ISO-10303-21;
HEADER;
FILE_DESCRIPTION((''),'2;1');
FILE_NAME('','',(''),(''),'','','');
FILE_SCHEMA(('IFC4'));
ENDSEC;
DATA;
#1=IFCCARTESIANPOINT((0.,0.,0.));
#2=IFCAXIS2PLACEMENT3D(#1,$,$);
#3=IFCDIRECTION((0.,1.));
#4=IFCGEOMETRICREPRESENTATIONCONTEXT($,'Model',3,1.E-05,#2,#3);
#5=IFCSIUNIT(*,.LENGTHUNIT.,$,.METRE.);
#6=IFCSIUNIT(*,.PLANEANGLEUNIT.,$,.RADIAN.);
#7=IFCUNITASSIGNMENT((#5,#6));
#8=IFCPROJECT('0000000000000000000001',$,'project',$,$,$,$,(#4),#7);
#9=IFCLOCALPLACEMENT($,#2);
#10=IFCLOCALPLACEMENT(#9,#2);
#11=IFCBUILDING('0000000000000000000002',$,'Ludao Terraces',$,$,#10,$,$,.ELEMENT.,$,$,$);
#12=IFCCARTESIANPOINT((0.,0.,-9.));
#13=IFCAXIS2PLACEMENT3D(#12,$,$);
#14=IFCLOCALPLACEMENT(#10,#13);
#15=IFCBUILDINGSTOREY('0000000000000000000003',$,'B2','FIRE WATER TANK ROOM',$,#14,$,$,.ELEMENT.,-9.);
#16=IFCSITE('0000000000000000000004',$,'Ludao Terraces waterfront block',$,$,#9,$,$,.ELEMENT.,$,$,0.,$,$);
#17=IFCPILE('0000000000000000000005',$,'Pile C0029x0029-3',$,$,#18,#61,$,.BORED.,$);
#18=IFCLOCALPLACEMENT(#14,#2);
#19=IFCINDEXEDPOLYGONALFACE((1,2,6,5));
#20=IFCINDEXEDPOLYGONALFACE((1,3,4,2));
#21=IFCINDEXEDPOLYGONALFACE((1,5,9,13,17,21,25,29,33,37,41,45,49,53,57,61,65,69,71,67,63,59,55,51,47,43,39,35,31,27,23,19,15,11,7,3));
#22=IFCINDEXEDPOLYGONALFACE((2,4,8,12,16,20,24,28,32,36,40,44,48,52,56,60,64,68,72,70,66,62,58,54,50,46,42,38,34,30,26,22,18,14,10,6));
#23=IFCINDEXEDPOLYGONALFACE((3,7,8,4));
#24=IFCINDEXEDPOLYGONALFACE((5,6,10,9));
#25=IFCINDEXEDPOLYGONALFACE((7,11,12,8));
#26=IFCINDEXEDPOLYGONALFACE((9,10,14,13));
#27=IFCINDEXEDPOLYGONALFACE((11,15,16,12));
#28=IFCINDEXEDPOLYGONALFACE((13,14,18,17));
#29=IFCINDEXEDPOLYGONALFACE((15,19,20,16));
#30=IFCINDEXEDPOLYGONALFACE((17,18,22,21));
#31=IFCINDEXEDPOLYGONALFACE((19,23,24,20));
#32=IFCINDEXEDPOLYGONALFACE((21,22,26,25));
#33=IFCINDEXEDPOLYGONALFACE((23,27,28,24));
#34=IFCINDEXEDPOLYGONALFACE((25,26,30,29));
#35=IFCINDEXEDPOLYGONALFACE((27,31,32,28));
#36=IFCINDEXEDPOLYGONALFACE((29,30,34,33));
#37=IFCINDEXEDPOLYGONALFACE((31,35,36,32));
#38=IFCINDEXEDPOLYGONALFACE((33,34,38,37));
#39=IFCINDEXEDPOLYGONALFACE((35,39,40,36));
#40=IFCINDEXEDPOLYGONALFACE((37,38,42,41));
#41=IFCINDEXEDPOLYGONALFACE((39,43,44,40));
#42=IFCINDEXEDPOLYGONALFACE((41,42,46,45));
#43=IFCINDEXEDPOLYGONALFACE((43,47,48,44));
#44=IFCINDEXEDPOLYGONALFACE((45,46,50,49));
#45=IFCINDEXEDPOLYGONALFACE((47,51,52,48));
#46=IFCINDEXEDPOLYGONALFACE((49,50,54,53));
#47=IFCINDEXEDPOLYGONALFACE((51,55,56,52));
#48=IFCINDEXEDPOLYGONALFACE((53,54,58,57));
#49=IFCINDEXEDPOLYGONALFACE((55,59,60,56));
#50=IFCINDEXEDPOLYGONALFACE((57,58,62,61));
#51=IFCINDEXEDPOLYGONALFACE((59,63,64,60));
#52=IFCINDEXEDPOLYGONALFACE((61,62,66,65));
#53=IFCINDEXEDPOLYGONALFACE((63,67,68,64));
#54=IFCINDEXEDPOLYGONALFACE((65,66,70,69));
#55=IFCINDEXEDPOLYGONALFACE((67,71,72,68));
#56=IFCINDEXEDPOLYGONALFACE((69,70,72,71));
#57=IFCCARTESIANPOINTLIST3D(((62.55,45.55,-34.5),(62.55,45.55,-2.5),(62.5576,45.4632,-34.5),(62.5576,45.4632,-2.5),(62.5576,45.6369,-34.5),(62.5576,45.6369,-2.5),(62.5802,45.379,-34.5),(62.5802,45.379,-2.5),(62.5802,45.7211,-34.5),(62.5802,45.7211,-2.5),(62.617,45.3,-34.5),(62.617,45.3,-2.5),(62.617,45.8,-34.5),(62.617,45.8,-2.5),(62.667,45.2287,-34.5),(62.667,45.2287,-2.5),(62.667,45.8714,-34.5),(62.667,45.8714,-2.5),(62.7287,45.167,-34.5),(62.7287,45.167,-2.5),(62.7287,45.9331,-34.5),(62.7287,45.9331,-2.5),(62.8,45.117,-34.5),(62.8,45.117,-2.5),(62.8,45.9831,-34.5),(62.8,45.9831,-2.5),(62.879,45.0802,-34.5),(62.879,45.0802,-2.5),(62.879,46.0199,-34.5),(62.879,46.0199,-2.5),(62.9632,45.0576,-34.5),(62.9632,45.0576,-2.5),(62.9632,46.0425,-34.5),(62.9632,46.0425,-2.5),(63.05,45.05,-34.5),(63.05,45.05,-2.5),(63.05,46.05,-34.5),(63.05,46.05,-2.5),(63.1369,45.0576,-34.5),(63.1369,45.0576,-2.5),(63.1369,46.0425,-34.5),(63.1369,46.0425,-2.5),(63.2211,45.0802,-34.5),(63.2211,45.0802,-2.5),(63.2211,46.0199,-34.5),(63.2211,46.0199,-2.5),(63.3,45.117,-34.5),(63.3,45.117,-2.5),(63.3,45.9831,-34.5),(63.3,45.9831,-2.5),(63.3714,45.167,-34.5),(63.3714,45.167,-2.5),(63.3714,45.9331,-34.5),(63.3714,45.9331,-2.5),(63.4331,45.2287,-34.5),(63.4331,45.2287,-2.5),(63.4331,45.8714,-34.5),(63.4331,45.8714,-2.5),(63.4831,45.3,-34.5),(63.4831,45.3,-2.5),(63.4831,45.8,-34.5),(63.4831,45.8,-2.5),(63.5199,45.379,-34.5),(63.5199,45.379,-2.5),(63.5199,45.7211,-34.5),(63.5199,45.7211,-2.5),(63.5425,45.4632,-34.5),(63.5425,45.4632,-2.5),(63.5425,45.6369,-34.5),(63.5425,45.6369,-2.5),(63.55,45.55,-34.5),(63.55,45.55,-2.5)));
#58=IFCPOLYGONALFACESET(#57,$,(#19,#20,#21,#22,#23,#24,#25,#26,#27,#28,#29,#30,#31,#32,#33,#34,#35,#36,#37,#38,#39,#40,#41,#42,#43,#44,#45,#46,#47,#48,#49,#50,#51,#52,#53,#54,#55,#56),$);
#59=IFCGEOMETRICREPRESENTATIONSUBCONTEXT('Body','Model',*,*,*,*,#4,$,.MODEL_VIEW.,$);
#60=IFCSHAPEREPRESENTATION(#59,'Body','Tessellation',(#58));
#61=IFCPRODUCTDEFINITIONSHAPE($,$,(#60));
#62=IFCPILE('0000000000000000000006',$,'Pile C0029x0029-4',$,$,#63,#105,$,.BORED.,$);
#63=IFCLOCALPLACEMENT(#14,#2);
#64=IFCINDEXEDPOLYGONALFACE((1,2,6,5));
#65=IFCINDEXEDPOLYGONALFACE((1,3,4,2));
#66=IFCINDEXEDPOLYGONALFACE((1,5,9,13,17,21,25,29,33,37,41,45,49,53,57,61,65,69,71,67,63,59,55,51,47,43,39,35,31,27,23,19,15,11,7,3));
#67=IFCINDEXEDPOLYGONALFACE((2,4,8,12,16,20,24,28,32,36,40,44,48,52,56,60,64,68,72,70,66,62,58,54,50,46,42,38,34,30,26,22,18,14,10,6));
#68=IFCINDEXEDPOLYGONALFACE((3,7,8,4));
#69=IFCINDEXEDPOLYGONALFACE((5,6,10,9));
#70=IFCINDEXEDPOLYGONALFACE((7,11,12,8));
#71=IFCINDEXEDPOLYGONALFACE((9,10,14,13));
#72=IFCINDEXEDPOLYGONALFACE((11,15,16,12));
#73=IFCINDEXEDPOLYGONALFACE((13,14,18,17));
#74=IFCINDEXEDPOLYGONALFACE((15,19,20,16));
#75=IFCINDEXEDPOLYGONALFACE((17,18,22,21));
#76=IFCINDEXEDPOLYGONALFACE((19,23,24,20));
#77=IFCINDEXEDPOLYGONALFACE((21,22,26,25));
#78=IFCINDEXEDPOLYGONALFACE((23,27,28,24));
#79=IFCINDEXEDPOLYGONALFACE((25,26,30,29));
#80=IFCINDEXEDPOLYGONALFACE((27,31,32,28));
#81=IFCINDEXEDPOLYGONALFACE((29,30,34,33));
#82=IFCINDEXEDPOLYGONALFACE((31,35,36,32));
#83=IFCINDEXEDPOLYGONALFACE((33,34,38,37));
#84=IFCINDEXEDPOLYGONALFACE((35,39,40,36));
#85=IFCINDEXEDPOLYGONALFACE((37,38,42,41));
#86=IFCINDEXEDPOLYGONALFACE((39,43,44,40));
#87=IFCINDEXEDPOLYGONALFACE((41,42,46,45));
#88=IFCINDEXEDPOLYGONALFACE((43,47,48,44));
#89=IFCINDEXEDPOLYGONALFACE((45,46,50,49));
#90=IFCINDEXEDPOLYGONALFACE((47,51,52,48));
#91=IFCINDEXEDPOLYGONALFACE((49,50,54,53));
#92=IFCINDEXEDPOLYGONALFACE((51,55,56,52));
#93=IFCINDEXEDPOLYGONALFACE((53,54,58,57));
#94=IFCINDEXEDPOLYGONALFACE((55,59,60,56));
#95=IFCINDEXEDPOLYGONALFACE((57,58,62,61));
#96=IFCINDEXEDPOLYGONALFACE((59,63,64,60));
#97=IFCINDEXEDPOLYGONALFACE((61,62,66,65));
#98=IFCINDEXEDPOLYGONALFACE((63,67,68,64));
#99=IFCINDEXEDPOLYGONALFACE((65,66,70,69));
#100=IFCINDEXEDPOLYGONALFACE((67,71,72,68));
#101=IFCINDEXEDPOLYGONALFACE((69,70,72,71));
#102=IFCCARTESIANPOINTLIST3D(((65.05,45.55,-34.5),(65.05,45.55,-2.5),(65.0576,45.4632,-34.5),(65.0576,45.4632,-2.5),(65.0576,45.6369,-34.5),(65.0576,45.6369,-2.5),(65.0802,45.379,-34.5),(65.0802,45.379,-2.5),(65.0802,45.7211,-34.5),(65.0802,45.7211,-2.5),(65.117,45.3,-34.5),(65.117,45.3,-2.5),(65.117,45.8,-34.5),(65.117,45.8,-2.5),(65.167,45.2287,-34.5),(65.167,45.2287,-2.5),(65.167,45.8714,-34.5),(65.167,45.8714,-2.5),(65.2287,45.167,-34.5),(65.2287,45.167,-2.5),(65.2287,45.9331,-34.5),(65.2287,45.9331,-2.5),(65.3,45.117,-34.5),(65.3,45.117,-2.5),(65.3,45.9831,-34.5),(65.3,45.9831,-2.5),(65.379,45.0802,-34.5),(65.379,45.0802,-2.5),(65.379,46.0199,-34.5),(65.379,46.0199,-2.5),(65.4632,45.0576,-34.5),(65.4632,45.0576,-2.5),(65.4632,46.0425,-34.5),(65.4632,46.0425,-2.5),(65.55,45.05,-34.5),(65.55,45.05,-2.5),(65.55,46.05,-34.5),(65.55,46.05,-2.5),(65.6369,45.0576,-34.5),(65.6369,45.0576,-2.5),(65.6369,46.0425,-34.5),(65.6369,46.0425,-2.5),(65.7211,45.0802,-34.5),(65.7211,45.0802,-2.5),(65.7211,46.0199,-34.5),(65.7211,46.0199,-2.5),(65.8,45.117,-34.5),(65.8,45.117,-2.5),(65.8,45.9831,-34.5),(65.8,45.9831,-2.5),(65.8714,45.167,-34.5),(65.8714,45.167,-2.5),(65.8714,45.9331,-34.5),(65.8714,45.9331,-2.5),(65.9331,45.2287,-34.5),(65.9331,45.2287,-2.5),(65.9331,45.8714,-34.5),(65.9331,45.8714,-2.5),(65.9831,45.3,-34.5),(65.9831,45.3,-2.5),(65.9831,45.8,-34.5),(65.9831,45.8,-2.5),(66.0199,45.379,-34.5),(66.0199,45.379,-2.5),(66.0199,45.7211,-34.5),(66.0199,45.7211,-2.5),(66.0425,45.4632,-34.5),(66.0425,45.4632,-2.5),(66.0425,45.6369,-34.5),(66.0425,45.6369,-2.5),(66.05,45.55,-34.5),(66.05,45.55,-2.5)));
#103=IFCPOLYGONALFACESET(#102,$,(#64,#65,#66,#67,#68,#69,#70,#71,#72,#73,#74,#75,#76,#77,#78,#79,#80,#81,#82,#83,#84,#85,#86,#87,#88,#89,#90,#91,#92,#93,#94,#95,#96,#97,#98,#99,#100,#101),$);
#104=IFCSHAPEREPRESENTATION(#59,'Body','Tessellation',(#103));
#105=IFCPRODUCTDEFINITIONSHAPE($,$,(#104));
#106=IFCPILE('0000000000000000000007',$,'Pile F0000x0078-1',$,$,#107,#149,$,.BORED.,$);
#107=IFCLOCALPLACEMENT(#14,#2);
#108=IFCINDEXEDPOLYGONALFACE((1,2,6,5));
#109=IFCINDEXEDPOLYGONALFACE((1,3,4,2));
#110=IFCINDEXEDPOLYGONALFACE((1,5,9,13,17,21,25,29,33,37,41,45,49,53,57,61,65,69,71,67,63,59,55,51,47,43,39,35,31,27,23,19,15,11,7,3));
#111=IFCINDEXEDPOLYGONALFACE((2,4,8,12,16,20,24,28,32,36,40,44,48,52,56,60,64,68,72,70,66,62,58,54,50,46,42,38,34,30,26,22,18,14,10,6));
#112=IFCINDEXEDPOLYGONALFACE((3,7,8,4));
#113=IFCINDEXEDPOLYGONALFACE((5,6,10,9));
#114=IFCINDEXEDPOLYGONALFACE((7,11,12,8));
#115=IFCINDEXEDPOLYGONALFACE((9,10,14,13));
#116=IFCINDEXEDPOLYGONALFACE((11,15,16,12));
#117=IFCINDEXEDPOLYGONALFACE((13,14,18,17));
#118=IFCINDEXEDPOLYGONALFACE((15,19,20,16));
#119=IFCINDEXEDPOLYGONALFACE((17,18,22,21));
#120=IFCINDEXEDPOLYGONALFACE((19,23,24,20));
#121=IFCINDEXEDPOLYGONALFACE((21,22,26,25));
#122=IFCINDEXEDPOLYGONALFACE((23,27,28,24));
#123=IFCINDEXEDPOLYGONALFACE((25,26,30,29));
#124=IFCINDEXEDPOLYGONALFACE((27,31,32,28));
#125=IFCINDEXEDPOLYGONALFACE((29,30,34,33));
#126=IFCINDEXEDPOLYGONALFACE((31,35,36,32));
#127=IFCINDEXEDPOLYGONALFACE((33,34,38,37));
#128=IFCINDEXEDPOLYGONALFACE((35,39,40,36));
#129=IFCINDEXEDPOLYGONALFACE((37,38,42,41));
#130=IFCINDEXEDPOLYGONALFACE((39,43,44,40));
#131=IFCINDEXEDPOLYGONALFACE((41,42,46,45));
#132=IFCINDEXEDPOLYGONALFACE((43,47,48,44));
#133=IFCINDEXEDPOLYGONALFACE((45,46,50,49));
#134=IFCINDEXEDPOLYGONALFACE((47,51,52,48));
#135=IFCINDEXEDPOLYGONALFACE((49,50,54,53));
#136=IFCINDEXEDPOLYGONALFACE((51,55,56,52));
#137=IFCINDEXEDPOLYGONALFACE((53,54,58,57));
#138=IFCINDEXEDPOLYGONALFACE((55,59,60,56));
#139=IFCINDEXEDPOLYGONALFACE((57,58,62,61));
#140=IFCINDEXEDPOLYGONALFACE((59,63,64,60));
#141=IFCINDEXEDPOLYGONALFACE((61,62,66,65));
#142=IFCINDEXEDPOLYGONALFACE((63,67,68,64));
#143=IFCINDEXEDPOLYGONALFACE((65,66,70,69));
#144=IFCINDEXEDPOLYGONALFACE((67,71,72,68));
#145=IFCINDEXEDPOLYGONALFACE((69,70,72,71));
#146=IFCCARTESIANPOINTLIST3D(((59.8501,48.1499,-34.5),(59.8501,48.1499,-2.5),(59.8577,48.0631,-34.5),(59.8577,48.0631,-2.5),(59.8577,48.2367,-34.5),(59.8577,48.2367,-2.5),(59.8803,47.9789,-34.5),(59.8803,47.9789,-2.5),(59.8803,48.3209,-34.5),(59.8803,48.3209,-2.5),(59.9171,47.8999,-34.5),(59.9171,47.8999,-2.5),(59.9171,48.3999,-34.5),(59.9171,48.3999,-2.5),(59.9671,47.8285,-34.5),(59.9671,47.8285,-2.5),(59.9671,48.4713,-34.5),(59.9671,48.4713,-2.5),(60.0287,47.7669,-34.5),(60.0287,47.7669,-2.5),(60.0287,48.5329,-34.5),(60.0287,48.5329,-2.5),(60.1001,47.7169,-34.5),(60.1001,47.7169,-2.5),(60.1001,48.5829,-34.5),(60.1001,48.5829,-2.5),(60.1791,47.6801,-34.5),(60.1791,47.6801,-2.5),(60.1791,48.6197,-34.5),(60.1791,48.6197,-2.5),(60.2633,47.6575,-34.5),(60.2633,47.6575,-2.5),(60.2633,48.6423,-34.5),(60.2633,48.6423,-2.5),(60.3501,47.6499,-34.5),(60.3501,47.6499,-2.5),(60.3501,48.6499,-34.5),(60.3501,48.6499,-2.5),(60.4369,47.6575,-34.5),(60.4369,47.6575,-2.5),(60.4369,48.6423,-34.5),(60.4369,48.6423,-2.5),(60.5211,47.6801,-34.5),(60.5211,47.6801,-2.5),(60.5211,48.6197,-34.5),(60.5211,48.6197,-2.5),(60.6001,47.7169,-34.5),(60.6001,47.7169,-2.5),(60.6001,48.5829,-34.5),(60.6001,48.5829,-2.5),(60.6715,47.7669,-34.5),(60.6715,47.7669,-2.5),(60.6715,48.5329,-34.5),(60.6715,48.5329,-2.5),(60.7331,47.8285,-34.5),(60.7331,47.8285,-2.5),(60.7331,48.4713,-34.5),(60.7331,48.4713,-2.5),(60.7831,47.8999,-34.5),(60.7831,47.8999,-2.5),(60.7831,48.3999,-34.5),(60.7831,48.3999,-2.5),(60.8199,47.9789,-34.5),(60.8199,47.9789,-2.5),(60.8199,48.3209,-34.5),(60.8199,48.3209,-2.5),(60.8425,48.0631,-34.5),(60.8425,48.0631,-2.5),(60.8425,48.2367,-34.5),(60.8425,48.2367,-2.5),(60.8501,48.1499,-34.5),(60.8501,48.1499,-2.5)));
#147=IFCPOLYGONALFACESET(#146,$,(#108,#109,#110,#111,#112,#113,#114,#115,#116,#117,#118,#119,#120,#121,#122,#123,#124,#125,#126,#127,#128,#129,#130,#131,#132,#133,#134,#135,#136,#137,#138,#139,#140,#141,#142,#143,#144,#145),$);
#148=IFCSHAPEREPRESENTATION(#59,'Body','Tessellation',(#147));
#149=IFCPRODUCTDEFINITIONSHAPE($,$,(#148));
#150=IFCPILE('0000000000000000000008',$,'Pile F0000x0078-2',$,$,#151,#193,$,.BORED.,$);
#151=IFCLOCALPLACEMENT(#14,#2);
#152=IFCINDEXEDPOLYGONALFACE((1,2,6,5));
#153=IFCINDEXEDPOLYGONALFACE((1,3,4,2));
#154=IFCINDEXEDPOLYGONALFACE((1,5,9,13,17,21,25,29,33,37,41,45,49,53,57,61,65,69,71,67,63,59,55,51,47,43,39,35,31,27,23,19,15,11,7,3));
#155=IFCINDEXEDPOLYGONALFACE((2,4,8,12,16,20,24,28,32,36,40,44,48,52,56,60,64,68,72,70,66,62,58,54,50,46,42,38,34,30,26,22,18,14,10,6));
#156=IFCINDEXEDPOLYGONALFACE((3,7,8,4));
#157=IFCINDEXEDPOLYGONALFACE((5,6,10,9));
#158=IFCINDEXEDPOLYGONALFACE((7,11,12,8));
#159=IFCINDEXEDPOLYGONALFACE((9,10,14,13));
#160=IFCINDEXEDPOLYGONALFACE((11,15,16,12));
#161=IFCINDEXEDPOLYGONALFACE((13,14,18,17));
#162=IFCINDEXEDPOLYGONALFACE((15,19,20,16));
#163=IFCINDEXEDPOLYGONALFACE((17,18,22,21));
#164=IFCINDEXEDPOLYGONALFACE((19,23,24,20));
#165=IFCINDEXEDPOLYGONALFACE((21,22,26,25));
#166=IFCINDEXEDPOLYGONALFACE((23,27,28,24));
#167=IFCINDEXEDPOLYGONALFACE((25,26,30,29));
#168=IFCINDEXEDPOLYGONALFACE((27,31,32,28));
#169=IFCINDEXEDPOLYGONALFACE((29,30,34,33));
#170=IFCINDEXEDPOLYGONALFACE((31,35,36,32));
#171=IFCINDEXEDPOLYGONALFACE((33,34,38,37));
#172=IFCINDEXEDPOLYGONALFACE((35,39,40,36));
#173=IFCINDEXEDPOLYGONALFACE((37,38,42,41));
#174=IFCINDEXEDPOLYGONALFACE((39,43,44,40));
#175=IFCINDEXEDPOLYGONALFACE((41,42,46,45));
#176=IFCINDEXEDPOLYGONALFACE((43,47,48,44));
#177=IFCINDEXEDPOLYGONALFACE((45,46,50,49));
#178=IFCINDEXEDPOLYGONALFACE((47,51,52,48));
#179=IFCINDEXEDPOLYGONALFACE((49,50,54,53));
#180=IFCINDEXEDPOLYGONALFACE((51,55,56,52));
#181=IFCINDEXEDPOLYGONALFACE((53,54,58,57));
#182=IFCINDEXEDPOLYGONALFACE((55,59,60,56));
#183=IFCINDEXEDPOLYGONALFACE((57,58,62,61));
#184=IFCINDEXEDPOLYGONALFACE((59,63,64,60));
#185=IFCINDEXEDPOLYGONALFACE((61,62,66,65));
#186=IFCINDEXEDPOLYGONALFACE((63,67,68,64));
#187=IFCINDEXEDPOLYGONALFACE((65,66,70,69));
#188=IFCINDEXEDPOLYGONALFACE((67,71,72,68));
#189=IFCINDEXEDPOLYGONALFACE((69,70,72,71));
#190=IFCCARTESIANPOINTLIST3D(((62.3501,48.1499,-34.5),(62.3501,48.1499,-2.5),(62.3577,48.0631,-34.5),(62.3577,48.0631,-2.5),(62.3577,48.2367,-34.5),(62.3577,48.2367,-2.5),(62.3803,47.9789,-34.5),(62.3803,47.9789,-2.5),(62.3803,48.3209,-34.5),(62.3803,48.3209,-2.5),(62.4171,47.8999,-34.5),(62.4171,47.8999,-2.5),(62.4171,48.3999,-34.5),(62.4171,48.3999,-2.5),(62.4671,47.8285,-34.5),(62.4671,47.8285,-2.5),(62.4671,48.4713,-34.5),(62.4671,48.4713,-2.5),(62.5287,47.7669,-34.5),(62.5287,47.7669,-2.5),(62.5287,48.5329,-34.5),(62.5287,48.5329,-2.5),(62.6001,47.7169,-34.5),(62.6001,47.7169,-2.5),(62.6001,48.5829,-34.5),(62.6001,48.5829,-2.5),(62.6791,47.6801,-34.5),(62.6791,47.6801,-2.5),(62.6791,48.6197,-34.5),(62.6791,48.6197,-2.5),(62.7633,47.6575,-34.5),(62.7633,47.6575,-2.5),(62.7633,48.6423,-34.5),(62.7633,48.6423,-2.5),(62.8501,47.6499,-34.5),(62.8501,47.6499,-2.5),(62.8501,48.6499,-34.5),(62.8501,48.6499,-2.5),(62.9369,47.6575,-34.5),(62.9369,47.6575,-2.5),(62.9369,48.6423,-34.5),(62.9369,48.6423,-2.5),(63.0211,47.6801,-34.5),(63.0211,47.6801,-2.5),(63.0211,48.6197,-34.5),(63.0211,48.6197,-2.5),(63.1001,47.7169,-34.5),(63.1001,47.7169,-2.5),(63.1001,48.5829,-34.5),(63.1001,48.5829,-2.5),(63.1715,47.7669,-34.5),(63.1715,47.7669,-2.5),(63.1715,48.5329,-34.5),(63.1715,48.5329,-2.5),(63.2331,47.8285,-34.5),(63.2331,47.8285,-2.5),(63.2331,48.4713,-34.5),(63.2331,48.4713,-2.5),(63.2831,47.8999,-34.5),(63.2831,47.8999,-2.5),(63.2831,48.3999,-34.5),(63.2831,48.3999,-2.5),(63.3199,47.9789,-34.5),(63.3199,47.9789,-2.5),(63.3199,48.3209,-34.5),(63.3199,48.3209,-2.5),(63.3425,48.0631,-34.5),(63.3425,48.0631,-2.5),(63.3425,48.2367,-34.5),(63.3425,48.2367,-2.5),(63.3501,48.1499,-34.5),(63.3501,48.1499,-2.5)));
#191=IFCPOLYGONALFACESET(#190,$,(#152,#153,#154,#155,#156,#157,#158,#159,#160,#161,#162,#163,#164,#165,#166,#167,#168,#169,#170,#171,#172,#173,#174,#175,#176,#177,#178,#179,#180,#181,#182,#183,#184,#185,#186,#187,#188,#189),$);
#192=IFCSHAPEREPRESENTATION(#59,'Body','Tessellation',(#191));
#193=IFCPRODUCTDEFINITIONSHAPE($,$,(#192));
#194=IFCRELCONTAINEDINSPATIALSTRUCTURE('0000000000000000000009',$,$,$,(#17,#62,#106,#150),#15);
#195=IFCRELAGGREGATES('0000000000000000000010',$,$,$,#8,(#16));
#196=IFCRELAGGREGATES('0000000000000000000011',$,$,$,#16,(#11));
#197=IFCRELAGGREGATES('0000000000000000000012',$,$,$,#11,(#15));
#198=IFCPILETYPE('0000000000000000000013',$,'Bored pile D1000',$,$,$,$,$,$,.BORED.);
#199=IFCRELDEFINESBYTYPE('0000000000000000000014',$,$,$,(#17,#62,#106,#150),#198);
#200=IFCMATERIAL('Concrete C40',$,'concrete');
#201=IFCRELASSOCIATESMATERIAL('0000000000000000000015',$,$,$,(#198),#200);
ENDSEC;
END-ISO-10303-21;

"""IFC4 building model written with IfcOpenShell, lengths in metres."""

from ifc_helpers import new_model, si_unit, direction, frame, origin, origin_2d, place, context, subcontext, project, spatial, circle, extrude, material, material_profile, profile_set, type_object, element, save


model = new_model("IFC4")

# Units and contexts
model_context = context("Model", 3, precision=1e-05, world=origin(), true_north=direction((0.0, 1.0)))
body_context = subcontext(model_context, "Body", "Model", "MODEL_VIEW")
ifc_project = project(units=[si_unit("LENGTHUNIT", "METRE"), si_unit("PLANEANGLEUNIT", "RADIAN")], contexts=[model_context])

# Site, building, storey
site_placement = place(None, origin())
site = spatial("IfcSite", under=ifc_project, at=site_placement, Name="Ludao Terraces waterfront block", CompositionType="ELEMENT", RefElevation=0.0)
building_placement = place(site_placement, origin())
building = spatial("IfcBuilding", under=site, at=building_placement, Name="Ludao Terraces", CompositionType="ELEMENT")
storey_placement = place(building_placement, frame((0.0, 0.0, -9.0)))
storey = spatial("IfcBuildingStorey", under=building, at=storey_placement, Name="B2", Description="FIRE WATER TANK ROOM", CompositionType="ELEMENT", Elevation=-9.0)

# Piles
ifc_material_1 = material(Name="Concrete C40", Category="concrete")
ifc_material_profile_1 = material_profile(ifc_material_1, circle(Radius=0.5, at=origin_2d()), Name="D1000 BORED PILE")
ifc_profile_set_1 = profile_set([ifc_material_profile_1], Name="Concrete C40")
pile_type = type_object("IfcPileType", Name="Bored pile D1000", PredefinedType="BORED", material=ifc_profile_set_1)
for number, where, z_axis, x_axis, name in (
    (1, (63.05, 45.55, -2.5), (0.0, 0.0, -1.0), (1.0, 0.0, 0.0), "Pile C0029x0029-3"),
    (2, (65.55, 45.55, -2.5), (0.0, 0.0, -1.0), (1.0, 0.0, 0.0), "Pile C0029x0029-4"),
    (3, (60.3501, 48.1499, -2.5), (0.0, 0.0, -1.0), (1.0, 0.0, 0.0), "Pile F0000x0078-1"),
    (4, (62.8501, 48.1499, -2.5), (0.0, 0.0, -1.0), (1.0, 0.0, 0.0), "Pile F0000x0078-2"),
):
    element("IfcPile", number, at=place(storey_placement, frame(where, z_axis=z_axis, x_axis=x_axis)), inside=storey, type_object=pile_type, Name=name, PredefinedType="BORED", context=body_context, shape_type="SweptSolid", body=[
        extrude(circle(Radius=0.5, at=origin_2d()), origin(), (0.0, 0.0, 1.0), 32.0),
    ])

save(model, "model.ifc")
